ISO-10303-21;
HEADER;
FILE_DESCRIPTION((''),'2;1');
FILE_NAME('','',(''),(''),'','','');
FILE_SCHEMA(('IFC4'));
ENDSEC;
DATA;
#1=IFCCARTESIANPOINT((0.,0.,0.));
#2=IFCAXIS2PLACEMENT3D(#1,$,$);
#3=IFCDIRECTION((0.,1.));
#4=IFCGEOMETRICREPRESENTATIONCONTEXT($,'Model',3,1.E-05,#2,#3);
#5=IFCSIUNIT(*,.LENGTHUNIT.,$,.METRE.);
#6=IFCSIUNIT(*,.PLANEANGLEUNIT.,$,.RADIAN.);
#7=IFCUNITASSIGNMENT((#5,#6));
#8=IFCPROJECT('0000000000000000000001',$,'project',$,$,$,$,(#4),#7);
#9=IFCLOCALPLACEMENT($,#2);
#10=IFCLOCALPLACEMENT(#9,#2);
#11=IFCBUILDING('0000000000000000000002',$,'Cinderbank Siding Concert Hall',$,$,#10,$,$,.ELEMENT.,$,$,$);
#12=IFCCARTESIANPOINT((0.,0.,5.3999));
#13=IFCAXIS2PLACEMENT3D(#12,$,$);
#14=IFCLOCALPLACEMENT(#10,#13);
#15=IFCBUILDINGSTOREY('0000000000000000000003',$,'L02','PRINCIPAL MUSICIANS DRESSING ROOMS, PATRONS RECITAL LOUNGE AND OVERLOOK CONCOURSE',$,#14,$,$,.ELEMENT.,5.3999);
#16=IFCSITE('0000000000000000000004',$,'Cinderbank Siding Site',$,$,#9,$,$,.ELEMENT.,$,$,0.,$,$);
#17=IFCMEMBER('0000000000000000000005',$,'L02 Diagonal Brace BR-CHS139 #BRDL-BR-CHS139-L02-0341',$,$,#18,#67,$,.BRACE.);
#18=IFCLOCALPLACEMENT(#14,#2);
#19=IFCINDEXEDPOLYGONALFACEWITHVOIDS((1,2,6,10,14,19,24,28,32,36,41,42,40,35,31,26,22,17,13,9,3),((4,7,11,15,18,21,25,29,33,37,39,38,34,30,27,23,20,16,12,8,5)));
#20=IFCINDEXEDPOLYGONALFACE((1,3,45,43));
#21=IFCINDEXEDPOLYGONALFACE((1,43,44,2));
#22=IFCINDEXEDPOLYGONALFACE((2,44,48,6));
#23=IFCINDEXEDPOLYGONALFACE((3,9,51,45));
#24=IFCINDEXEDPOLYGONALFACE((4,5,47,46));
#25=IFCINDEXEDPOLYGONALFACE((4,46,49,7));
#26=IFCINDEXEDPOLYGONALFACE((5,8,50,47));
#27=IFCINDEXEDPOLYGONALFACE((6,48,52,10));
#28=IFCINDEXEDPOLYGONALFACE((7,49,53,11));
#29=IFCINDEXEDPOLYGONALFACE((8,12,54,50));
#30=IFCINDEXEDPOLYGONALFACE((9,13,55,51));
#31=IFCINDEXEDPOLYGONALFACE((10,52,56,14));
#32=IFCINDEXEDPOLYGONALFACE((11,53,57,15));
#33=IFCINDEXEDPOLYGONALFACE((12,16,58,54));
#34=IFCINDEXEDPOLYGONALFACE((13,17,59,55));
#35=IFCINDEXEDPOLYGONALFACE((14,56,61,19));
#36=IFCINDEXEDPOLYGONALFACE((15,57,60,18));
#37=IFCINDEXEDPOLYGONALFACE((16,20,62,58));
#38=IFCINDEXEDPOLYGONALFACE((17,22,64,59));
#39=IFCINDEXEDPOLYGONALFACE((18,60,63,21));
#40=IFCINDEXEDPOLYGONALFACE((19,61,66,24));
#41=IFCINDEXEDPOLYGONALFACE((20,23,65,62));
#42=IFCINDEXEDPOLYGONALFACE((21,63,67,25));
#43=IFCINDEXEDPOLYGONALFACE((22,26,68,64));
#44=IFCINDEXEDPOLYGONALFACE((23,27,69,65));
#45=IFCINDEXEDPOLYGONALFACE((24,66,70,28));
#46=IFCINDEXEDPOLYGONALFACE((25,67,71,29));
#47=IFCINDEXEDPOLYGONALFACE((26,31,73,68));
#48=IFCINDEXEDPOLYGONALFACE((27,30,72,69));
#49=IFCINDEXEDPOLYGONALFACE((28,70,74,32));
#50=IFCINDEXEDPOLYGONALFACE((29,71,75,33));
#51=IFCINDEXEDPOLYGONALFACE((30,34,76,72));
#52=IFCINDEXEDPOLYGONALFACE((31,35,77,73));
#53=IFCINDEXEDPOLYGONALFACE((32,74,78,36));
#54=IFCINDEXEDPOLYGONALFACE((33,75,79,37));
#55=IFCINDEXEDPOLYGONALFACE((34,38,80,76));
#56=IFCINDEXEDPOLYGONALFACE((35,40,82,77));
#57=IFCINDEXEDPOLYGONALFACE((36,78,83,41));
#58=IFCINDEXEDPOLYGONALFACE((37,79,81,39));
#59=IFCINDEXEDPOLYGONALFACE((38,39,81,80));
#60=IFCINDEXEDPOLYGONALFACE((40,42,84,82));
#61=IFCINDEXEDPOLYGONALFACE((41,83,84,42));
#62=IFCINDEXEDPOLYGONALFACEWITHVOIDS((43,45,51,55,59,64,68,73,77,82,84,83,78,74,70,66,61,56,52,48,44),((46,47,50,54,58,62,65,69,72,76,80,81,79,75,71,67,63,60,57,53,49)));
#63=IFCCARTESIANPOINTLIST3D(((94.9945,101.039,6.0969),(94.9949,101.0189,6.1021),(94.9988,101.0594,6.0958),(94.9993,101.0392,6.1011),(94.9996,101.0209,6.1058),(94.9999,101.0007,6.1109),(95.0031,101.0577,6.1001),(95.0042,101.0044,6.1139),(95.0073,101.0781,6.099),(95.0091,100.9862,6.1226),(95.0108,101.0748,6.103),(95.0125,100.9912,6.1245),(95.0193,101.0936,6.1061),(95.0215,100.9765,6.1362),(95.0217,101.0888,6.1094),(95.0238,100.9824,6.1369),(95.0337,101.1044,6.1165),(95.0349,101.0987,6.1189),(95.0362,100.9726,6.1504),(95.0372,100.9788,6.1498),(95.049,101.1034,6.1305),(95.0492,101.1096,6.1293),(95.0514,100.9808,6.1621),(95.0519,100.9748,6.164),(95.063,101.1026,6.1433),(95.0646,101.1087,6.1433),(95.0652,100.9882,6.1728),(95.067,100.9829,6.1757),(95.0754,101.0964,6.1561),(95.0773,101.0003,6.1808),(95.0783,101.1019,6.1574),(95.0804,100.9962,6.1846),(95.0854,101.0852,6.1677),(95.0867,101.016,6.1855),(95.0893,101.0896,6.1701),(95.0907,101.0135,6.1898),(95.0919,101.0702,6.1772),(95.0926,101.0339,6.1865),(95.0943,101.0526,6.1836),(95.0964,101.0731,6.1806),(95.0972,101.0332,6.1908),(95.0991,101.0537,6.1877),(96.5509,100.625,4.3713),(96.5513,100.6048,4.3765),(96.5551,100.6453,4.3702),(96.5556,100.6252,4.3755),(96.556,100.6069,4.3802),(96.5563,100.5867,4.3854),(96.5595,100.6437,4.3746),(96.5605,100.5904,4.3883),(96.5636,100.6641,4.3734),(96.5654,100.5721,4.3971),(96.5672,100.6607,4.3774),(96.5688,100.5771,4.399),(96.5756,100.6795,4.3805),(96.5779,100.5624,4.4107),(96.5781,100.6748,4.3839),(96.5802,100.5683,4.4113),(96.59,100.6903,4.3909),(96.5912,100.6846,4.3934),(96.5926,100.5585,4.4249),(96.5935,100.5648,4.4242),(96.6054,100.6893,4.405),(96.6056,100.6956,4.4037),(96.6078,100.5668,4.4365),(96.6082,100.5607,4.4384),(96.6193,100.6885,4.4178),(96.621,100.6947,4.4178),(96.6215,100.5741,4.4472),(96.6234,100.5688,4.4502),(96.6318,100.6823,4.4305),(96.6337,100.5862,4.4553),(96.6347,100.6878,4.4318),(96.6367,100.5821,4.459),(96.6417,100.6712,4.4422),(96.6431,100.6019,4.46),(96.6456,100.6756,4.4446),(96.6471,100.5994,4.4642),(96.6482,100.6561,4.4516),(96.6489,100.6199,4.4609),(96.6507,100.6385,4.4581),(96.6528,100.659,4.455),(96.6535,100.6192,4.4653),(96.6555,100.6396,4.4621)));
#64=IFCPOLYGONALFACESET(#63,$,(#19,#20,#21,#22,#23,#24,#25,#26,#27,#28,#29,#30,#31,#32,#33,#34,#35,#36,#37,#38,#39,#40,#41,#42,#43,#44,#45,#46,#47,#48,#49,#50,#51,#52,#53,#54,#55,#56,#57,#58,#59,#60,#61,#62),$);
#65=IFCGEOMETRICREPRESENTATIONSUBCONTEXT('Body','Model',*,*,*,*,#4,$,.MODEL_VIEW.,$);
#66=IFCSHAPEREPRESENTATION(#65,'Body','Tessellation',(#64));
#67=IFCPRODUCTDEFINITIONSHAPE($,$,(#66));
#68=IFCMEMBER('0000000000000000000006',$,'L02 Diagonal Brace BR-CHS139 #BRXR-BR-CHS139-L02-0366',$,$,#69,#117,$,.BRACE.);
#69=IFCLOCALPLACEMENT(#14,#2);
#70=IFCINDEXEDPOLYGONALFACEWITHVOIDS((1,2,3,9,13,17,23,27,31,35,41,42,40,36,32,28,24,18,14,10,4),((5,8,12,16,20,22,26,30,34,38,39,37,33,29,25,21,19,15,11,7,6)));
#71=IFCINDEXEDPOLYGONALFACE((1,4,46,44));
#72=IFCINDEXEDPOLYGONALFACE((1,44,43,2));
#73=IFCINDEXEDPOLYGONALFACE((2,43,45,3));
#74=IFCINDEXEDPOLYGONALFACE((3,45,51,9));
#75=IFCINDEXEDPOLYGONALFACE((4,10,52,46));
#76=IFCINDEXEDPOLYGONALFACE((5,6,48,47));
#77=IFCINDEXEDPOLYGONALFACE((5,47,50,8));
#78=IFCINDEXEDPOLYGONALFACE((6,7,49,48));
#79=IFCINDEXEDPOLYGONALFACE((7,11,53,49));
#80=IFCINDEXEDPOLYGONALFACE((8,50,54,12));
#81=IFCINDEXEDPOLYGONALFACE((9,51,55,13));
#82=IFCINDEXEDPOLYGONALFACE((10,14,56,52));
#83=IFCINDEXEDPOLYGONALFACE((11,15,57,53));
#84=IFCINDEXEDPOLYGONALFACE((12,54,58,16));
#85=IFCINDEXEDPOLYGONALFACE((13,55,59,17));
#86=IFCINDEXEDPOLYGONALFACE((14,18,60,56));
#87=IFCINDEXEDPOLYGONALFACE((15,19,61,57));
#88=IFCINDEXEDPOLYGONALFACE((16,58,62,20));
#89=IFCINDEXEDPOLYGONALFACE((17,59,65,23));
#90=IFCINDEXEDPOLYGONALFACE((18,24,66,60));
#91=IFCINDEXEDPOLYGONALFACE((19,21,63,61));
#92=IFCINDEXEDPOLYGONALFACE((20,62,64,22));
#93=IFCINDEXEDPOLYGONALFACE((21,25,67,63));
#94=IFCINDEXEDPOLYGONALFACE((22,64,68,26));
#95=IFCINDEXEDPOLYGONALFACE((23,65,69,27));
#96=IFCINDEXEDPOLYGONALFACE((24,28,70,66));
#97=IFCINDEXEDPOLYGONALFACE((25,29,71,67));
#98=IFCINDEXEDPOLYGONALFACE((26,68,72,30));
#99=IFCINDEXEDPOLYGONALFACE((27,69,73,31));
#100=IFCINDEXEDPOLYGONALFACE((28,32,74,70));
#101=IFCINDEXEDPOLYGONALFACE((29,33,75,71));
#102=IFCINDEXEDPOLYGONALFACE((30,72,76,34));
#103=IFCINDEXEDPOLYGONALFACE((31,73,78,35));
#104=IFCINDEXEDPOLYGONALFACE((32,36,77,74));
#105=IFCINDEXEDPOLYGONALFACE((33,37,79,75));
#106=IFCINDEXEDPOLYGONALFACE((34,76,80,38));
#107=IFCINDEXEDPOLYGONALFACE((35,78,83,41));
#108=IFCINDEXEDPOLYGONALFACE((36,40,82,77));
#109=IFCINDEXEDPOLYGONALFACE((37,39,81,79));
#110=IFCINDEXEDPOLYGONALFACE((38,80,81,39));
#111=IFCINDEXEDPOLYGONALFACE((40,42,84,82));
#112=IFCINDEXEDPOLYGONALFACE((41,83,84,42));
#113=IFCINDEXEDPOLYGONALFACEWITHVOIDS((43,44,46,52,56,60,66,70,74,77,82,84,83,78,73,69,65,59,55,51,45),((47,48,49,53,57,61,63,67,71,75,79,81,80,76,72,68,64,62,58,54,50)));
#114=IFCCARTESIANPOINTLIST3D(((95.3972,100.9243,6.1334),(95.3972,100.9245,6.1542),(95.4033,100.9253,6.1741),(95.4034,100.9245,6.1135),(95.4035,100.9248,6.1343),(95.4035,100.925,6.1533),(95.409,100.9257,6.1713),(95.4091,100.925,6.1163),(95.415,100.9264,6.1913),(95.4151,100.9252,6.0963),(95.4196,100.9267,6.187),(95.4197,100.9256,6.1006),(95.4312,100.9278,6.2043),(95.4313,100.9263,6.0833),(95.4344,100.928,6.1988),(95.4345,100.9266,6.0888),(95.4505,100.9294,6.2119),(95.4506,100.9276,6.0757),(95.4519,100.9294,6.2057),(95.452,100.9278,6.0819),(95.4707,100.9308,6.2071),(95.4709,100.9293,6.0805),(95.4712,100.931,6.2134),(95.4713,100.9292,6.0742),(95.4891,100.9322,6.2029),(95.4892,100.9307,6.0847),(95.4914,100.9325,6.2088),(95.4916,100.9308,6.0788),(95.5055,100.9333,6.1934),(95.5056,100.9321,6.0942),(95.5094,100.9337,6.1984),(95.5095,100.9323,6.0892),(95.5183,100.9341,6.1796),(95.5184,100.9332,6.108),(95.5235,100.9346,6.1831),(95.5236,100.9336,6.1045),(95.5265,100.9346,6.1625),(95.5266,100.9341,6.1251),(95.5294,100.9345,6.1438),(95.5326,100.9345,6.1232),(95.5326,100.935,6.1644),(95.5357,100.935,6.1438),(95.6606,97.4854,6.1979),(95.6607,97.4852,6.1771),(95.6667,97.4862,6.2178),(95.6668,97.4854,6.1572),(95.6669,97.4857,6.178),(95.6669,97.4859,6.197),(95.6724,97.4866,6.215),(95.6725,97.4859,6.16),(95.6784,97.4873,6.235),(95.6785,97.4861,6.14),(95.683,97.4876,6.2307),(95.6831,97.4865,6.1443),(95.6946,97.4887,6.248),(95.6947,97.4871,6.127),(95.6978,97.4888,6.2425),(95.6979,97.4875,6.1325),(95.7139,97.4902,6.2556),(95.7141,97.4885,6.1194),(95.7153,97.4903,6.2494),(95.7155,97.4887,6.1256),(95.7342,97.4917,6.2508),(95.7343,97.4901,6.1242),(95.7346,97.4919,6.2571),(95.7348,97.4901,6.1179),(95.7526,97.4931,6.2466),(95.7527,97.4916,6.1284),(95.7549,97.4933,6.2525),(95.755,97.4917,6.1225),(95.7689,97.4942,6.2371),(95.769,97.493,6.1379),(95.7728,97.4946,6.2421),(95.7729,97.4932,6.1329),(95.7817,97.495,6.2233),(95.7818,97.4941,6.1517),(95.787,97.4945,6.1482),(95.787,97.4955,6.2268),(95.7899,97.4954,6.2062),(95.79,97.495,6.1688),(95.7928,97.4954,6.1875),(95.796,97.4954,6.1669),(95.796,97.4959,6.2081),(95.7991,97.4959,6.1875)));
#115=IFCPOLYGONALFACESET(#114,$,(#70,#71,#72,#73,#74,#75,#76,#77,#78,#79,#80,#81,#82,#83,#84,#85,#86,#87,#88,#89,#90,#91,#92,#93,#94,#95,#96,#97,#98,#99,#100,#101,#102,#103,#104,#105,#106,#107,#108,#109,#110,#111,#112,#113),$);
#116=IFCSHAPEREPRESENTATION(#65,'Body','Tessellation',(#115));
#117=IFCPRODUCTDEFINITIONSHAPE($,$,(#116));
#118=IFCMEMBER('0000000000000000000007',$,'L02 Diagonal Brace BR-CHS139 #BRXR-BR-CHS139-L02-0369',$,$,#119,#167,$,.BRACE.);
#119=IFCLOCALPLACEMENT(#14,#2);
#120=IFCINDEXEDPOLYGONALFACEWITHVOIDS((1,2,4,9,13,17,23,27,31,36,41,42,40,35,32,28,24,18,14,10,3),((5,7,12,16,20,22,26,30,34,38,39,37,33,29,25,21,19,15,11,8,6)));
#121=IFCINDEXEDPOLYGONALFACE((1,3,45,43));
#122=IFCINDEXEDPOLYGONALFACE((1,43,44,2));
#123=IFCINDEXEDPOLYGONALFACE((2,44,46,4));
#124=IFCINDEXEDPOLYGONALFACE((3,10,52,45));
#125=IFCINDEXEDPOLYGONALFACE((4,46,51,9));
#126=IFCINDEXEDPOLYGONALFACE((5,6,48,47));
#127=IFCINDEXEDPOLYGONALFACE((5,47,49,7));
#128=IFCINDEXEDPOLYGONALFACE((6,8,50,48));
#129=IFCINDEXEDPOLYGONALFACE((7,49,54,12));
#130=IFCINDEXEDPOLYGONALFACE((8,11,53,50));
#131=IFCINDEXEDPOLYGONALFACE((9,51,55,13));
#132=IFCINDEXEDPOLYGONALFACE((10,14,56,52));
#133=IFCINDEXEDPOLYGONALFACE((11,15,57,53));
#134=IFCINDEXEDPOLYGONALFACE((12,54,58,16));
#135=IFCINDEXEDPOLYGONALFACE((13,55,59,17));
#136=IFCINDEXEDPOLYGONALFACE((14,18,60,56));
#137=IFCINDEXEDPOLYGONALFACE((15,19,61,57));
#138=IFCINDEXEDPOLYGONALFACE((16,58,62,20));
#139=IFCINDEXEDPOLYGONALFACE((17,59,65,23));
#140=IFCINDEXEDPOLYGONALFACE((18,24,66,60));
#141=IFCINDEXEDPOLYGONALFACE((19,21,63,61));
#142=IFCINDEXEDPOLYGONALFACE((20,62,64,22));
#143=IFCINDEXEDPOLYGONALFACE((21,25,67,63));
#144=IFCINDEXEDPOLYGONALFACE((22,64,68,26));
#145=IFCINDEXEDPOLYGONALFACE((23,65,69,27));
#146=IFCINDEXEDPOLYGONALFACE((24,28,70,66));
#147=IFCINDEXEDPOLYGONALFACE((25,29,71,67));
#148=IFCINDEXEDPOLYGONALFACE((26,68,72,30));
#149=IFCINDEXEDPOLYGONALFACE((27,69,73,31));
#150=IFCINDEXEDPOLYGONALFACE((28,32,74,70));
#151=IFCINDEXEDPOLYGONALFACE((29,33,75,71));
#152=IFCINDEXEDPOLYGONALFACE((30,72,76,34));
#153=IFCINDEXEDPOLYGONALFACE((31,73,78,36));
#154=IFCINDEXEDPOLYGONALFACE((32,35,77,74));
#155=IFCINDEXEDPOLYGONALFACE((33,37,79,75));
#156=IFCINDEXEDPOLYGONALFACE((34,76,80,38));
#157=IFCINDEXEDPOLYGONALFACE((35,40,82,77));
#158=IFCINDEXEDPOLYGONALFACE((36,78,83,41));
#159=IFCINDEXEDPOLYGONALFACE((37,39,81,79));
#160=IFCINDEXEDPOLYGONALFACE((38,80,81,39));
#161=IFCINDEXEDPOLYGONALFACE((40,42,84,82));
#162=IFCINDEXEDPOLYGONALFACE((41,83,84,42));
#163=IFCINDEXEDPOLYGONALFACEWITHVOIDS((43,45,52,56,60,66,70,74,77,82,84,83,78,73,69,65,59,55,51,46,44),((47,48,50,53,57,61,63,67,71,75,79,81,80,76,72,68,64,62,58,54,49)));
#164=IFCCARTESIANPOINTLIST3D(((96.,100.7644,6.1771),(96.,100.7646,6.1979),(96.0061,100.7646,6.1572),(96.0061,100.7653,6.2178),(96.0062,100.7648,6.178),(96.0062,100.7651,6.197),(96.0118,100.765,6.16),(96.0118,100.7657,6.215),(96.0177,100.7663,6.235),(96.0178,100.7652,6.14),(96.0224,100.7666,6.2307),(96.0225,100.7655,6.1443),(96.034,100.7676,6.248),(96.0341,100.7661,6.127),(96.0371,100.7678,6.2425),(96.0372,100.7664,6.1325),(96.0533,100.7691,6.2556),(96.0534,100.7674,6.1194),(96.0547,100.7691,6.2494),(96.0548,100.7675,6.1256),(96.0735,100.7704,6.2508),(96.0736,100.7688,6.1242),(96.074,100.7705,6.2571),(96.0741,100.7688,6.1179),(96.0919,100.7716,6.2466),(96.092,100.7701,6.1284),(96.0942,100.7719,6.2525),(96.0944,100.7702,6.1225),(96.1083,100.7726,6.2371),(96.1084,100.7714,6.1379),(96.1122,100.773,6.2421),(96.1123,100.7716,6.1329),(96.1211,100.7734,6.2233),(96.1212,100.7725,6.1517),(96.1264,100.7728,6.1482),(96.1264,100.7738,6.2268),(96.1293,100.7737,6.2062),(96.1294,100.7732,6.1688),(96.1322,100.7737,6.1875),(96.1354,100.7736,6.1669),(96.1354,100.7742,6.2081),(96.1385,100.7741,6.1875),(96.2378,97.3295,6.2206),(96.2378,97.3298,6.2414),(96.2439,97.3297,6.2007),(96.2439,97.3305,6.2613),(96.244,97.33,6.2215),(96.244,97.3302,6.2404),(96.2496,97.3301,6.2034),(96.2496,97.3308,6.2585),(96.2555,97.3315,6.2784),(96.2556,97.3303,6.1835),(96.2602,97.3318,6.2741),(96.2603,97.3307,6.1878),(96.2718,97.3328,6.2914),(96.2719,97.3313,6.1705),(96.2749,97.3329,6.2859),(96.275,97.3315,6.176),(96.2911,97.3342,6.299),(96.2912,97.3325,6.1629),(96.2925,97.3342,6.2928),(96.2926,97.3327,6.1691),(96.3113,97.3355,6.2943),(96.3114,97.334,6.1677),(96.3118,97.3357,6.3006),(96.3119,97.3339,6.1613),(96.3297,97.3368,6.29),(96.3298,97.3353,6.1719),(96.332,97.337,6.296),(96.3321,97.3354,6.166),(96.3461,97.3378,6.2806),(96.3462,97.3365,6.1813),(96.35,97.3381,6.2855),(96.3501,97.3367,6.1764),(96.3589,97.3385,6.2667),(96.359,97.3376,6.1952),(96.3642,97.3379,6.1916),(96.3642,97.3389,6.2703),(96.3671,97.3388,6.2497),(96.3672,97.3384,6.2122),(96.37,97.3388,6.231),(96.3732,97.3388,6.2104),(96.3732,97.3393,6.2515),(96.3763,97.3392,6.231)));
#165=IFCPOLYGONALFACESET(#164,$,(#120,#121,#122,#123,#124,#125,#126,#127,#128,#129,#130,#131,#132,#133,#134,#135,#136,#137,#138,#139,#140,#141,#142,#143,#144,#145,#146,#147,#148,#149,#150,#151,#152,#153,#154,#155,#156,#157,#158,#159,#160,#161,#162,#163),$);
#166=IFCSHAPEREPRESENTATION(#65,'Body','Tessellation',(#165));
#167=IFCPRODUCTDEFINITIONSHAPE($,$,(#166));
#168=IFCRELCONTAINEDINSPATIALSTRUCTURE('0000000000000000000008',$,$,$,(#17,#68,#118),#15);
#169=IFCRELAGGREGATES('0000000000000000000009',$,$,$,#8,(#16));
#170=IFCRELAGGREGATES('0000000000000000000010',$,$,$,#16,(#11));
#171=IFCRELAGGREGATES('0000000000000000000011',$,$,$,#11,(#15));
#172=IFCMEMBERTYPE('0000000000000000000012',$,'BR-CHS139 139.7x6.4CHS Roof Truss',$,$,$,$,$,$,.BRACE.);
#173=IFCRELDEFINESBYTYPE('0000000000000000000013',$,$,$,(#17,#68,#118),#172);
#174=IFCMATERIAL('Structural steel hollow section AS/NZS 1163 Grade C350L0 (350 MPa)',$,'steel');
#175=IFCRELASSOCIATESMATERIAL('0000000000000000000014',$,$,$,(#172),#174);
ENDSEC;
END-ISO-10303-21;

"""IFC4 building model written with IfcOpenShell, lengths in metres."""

from ifc_helpers import new_model, si_unit, direction, frame, origin, origin_2d, place, context, subcontext, project, spatial, hollow_circle, extrude, material, material_profile, profile_set, type_object, element, save


model = new_model("IFC4")

# Units and contexts
model_context = context("Model", 3, precision=1e-05, world=origin(), true_north=direction((0.0, 1.0)))
body_context = subcontext(model_context, "Body", "Model", "MODEL_VIEW")
ifc_project = project(units=[si_unit("LENGTHUNIT", "METRE"), si_unit("PLANEANGLEUNIT", "RADIAN")], contexts=[model_context])

# Site, building, storey
site_placement = place(None, origin())
site = spatial("IfcSite", under=ifc_project, at=site_placement, Name="Cinderbank Siding Site", CompositionType="ELEMENT", RefElevation=0.0)
building_placement = place(site_placement, origin())
building = spatial("IfcBuilding", under=site, at=building_placement, Name="Cinderbank Siding Concert Hall", CompositionType="ELEMENT")
storey_placement = place(building_placement, frame((0.0, 0.0, 5.3999)))
storey = spatial("IfcBuildingStorey", under=building, at=storey_placement, Name="L02", Description="PRINCIPAL MUSICIANS DRESSING ROOMS, PATRONS RECITAL LOUNGE AND OVERLOOK CONCOURSE", CompositionType="ELEMENT", Elevation=5.3999)

# Members
ifc_material_1 = material(Name="Structural steel hollow section AS/NZS 1163 Grade C350L0 (350 MPa)", Category="steel")
ifc_material_profile_1 = material_profile(ifc_material_1, hollow_circle(Radius=0.0698, WallThickness=0.0063, at=origin_2d()), Name="139.7x6.4CHS", Category="LoadBearing")
ifc_profile_set_1 = profile_set([ifc_material_profile_1], Name="Structural steel hollow section AS/NZS 1163 Grade C350L0 (350 MPa)")
member_type_1 = type_object("IfcMemberType", Name="BR-CHS139 139.7x6.4CHS Roof Truss", PredefinedType="BRACE", material=ifc_profile_set_1)
member_1_placement = place(storey_placement, frame((95.0466, 101.0413, 6.1433), z_axis=(0.65938, -0.175421, -0.731058), x_axis=(0.257097, 0.966386, 0.0)))
element("IfcMember", 1, at=member_1_placement, inside=storey, type_object=member_type_1, Name="L02 Diagonal Brace BR-CHS139 #BRDL-BR-CHS139-L02-0341", PredefinedType="BRACE", context=body_context, shape_type="SweptSolid", body=[
    extrude(hollow_circle(Radius=0.0698, WallThickness=0.0063, at=origin_2d()), origin(), (0.0, 0.0, 1.0), 2.3604),
])
member_2_placement = place(storey_placement, frame((95.4661, 100.9297, 6.1438), z_axis=(0.076366, -0.996999, 0.012669), x_axis=(0.997079, 0.076372, 0.0)))
element("IfcMember", 2, at=member_2_placement, inside=storey, type_object=member_type_1, Name="L02 Diagonal Brace BR-CHS139 #BRXR-BR-CHS139-L02-0366", PredefinedType="BRACE", context=body_context, shape_type="SweptSolid", body=[
    extrude(hollow_circle(Radius=0.0698, WallThickness=0.0063, at=origin_2d()), origin(), (0.0, 0.0, 1.0), 3.4495),
])
member_3_placement = place(storey_placement, frame((96.0688, 100.7693, 6.1875), z_axis=(0.069059, -0.997533, 0.012621), x_axis=(0.997612, 0.069065, 0.0)))
element("IfcMember", 3, at=member_3_placement, inside=storey, type_object=member_type_1, Name="L02 Diagonal Brace BR-CHS139 #BRXR-BR-CHS139-L02-0369", PredefinedType="BRACE", context=body_context, shape_type="SweptSolid", body=[
    extrude(hollow_circle(Radius=0.0698, WallThickness=0.0063, at=origin_2d()), origin(), (0.0, 0.0, 1.0), 3.4434),
])

save(model, "model.ifc")
